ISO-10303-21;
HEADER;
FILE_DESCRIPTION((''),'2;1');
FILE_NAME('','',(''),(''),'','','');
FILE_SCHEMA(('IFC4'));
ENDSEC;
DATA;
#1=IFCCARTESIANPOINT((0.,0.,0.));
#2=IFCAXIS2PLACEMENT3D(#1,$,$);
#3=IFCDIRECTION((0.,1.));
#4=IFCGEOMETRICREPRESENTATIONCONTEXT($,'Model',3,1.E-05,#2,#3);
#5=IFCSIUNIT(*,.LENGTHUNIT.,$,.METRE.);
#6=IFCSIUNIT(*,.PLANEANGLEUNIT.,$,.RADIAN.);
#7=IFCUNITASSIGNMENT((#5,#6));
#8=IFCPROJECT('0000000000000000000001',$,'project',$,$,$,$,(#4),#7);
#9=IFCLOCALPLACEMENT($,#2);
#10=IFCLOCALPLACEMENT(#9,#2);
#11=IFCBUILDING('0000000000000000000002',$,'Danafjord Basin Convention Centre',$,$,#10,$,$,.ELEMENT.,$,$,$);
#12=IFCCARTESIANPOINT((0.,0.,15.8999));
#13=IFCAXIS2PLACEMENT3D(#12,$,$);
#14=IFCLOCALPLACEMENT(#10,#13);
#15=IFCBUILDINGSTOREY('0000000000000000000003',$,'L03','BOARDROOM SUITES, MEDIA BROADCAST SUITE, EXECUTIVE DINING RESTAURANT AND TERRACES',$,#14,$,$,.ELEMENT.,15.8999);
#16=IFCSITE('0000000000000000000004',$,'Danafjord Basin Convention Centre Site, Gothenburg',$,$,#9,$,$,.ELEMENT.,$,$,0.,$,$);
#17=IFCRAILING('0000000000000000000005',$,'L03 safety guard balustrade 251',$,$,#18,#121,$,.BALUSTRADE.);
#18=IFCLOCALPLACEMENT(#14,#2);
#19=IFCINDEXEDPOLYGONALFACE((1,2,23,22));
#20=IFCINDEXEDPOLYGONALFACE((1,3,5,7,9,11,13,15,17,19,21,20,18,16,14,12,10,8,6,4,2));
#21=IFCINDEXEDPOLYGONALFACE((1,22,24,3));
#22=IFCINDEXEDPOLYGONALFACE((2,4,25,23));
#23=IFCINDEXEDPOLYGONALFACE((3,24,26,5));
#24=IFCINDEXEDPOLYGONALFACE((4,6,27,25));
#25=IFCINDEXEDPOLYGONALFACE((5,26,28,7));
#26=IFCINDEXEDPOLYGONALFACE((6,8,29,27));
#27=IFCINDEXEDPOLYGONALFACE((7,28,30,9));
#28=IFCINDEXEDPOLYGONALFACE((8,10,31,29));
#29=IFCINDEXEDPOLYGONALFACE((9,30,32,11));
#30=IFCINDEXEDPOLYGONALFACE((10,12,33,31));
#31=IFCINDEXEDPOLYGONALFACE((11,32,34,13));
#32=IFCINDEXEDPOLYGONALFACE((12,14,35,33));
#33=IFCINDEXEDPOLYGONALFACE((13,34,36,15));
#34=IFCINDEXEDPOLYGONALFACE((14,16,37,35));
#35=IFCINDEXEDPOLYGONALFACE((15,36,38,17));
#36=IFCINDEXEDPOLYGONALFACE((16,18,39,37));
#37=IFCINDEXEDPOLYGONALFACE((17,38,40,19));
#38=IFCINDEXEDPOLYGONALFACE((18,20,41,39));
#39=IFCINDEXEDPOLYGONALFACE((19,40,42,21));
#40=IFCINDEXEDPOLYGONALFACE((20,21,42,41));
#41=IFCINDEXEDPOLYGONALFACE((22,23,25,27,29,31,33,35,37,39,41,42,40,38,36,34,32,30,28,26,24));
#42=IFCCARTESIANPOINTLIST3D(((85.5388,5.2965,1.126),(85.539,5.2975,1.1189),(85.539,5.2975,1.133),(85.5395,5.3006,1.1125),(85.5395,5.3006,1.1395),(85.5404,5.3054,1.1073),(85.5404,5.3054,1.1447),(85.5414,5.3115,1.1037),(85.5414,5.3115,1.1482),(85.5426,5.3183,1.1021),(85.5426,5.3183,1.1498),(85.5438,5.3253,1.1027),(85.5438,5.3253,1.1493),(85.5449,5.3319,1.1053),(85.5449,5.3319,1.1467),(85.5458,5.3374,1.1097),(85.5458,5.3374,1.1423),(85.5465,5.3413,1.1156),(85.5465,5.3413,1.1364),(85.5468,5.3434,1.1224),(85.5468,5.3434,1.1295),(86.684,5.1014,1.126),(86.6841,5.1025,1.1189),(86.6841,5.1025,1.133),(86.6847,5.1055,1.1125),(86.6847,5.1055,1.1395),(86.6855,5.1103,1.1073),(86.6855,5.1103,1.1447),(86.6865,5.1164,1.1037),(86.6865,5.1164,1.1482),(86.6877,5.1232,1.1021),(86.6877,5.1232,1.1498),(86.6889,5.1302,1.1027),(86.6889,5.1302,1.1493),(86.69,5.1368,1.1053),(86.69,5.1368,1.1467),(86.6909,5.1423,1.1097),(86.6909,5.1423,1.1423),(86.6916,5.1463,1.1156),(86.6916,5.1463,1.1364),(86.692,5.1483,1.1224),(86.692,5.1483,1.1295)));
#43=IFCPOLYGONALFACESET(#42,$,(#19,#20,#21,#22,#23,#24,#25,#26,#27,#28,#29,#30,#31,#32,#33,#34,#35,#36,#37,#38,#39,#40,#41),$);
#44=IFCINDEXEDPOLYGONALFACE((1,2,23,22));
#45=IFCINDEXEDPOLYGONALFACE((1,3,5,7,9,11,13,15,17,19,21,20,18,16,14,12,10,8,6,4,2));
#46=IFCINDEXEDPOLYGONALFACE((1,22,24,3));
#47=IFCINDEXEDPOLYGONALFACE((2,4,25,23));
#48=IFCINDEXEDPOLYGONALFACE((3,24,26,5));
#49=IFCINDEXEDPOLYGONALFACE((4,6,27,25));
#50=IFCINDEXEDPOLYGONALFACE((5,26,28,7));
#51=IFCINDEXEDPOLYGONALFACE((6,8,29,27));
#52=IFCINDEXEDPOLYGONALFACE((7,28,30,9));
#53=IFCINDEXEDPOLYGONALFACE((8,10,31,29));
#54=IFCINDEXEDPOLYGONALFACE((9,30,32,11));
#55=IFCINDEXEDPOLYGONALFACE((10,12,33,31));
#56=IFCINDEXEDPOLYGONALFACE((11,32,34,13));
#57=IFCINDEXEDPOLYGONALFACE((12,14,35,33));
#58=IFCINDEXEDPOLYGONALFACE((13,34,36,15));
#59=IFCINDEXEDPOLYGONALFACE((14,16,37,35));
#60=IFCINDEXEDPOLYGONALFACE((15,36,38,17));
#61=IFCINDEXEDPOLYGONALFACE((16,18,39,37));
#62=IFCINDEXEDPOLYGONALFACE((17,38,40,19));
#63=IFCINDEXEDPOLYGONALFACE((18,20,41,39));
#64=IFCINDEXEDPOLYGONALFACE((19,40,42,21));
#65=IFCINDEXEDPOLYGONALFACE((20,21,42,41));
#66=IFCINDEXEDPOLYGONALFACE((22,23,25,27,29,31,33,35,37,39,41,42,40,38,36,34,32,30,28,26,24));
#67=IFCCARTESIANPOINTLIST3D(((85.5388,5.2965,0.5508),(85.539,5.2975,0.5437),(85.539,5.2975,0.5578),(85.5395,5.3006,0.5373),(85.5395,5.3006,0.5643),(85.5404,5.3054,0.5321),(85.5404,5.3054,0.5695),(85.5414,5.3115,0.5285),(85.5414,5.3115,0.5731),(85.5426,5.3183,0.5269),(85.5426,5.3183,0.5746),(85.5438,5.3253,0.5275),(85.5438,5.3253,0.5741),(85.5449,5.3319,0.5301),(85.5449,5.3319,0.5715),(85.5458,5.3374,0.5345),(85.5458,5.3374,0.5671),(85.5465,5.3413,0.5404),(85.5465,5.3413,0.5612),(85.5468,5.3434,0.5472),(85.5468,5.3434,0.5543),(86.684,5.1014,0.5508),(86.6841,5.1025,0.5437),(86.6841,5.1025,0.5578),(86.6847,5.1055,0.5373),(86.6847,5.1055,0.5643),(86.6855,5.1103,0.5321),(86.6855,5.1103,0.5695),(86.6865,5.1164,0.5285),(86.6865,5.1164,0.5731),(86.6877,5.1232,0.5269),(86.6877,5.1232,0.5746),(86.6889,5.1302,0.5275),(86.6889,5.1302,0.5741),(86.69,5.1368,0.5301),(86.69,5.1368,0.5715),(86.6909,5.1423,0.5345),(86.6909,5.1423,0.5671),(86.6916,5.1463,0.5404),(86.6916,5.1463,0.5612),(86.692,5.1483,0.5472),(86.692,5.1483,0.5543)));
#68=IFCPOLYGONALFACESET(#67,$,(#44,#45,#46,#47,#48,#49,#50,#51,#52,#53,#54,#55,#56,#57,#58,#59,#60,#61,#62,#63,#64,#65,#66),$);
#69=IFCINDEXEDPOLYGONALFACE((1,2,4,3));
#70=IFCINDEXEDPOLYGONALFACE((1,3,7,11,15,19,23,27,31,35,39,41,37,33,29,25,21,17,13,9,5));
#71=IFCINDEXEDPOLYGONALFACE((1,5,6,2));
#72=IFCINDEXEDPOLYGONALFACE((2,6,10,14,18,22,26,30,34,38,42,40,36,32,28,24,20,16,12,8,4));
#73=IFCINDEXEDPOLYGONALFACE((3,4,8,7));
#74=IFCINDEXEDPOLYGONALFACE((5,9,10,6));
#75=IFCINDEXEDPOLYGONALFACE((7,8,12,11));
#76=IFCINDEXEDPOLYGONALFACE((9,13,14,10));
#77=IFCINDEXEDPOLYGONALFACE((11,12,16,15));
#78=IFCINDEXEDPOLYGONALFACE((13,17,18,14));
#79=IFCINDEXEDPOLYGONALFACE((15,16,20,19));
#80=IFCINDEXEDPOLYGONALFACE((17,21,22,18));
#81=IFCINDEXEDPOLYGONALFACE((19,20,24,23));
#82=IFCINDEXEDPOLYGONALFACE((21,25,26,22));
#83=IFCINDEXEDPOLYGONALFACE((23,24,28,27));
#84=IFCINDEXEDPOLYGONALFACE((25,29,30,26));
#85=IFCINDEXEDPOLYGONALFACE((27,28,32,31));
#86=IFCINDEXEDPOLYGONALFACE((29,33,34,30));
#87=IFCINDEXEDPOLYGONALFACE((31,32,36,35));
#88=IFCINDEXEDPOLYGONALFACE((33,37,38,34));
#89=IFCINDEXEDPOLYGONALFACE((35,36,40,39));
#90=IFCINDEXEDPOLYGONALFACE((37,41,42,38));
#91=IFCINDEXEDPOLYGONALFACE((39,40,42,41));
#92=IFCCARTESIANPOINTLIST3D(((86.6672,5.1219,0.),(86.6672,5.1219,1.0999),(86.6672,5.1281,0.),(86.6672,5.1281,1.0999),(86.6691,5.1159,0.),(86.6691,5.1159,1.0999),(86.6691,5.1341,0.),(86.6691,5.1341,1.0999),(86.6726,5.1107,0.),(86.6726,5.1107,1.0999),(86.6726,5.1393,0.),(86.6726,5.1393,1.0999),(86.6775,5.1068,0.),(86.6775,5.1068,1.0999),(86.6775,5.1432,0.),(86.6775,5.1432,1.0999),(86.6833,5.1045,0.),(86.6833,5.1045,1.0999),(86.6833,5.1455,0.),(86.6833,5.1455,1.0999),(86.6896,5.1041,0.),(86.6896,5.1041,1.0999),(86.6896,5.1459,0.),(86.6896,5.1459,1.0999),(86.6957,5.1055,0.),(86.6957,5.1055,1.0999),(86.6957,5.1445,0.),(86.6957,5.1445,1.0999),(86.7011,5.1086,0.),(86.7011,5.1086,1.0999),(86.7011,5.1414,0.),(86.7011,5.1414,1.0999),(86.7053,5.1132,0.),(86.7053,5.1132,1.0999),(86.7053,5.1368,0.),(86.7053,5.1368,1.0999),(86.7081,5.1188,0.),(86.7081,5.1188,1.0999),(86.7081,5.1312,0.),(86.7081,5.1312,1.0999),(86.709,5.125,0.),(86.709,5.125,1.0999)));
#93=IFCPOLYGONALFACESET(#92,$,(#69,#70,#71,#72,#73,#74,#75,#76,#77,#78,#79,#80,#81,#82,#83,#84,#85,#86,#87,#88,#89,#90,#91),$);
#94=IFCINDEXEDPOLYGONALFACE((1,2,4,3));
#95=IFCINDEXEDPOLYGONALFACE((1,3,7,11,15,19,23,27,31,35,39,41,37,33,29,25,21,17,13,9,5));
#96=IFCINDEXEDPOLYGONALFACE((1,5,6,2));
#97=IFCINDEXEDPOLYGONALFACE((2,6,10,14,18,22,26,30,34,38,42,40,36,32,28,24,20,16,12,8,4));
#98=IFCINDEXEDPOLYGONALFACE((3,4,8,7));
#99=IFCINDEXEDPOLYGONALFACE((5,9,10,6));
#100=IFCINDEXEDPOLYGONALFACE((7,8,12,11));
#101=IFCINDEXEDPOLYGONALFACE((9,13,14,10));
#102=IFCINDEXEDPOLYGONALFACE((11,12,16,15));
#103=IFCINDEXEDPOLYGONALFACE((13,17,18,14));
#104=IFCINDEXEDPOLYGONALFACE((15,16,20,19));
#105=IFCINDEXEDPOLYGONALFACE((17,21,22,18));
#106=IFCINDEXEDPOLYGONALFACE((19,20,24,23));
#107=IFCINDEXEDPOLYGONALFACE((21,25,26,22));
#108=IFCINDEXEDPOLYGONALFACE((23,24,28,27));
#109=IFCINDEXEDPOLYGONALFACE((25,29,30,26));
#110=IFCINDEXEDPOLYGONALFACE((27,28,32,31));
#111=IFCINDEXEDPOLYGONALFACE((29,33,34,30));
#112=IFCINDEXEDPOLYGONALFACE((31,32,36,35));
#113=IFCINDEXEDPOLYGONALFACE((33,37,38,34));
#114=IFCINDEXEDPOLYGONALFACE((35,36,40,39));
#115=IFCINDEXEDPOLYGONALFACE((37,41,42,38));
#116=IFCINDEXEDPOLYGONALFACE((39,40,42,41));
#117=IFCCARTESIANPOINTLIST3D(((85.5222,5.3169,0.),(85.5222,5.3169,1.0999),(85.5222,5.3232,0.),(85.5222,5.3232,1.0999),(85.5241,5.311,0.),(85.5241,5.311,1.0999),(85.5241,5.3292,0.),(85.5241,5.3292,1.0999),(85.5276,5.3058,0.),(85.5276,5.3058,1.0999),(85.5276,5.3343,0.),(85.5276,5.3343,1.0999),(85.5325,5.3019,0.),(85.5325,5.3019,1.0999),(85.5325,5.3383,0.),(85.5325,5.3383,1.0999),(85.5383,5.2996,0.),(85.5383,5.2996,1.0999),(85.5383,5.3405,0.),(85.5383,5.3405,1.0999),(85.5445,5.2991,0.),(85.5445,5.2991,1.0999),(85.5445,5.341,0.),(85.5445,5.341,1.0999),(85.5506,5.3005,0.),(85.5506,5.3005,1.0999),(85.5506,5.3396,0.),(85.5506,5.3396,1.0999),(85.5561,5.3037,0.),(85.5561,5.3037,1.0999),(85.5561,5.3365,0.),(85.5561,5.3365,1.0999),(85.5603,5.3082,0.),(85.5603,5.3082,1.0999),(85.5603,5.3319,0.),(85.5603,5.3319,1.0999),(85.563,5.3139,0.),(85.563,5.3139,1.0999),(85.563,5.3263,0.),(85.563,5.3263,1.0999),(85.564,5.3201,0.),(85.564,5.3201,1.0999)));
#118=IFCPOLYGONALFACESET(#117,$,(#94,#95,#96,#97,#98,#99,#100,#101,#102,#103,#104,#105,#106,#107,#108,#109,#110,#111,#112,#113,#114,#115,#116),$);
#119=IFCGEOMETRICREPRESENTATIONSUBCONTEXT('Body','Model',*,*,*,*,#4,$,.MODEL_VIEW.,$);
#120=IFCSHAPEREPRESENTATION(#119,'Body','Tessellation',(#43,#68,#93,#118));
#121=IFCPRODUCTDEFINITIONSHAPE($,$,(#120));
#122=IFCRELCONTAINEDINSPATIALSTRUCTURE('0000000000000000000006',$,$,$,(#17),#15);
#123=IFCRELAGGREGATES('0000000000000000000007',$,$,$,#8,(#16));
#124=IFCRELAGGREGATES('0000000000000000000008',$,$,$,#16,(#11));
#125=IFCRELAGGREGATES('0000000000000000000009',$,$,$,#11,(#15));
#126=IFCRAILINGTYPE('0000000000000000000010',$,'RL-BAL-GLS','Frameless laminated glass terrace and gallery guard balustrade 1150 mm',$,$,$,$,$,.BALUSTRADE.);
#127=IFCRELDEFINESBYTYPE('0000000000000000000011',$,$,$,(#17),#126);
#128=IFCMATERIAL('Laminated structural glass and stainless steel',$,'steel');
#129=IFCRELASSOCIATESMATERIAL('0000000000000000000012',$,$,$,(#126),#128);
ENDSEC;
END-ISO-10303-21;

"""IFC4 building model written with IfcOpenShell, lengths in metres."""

from ifc_helpers import new_model, si_unit, direction, frame, origin, origin_2d, place, context, subcontext, project, spatial, circle, extrude, material, type_object, element, save


model = new_model("IFC4")

# Units and contexts
model_context = context("Model", 3, precision=1e-05, world=origin(), true_north=direction((0.0, 1.0)))
body_context = subcontext(model_context, "Body", "Model", "MODEL_VIEW")
ifc_project = project(units=[si_unit("LENGTHUNIT", "METRE"), si_unit("PLANEANGLEUNIT", "RADIAN")], contexts=[model_context])

# Site, building, storey
site_placement = place(None, origin())
site = spatial("IfcSite", under=ifc_project, at=site_placement, Name="Danafjord Basin Convention Centre Site, Gothenburg", CompositionType="ELEMENT", RefElevation=0.0)
building_placement = place(site_placement, origin())
building = spatial("IfcBuilding", under=site, at=building_placement, Name="Danafjord Basin Convention Centre", CompositionType="ELEMENT")
storey_placement = place(building_placement, frame((0.0, 0.0, 15.8999)))
storey = spatial("IfcBuildingStorey", under=building, at=storey_placement, Name="L03", Description="BOARDROOM SUITES, MEDIA BROADCAST SUITE, EXECUTIVE DINING RESTAURANT AND TERRACES", CompositionType="ELEMENT", Elevation=15.8999)

# Railing
ifc_material_1 = material(Name="Laminated structural glass and stainless steel", Category="steel")
railing_type_1 = type_object("IfcRailingType", Name="RL-BAL-GLS", Description="Frameless laminated glass terrace and gallery guard balustrade 1150 mm", PredefinedType="BALUSTRADE", material=ifc_material_1)
railing_1_placement = place(storey_placement, frame((86.688, 5.125, 0.0)))
element("IfcRailing", 1, at=railing_1_placement, inside=storey, type_object=railing_type_1, Name="L03 safety guard balustrade 251", PredefinedType="BALUSTRADE", context=body_context, shape_type="SweptSolid", body=[
    extrude(circle(Radius=0.0239, at=origin_2d()), frame((0.0, 0.0, 1.126), z_axis=(-0.985797, 0.167943, 0.0), x_axis=(-0.167943, -0.985797, 0.0)), (0.0, 0.0, 1.0), 1.1616),
    extrude(circle(Radius=0.0239, at=origin_2d()), frame((0.0, 0.0, 0.5508), z_axis=(-0.985797, 0.167943, 0.0), x_axis=(-0.167943, -0.985797, 0.0)), (0.0, 0.0, 1.0), 1.1616),
    extrude(circle(Radius=0.021, at=origin_2d()), origin(), (0.0, 0.0, 1.0), 1.0999),
    extrude(circle(Radius=0.021, at=origin_2d()), frame((-1.145, 0.1951, 0.0)), (0.0, 0.0, 1.0), 1.0999),
])

save(model, "model.ifc")
